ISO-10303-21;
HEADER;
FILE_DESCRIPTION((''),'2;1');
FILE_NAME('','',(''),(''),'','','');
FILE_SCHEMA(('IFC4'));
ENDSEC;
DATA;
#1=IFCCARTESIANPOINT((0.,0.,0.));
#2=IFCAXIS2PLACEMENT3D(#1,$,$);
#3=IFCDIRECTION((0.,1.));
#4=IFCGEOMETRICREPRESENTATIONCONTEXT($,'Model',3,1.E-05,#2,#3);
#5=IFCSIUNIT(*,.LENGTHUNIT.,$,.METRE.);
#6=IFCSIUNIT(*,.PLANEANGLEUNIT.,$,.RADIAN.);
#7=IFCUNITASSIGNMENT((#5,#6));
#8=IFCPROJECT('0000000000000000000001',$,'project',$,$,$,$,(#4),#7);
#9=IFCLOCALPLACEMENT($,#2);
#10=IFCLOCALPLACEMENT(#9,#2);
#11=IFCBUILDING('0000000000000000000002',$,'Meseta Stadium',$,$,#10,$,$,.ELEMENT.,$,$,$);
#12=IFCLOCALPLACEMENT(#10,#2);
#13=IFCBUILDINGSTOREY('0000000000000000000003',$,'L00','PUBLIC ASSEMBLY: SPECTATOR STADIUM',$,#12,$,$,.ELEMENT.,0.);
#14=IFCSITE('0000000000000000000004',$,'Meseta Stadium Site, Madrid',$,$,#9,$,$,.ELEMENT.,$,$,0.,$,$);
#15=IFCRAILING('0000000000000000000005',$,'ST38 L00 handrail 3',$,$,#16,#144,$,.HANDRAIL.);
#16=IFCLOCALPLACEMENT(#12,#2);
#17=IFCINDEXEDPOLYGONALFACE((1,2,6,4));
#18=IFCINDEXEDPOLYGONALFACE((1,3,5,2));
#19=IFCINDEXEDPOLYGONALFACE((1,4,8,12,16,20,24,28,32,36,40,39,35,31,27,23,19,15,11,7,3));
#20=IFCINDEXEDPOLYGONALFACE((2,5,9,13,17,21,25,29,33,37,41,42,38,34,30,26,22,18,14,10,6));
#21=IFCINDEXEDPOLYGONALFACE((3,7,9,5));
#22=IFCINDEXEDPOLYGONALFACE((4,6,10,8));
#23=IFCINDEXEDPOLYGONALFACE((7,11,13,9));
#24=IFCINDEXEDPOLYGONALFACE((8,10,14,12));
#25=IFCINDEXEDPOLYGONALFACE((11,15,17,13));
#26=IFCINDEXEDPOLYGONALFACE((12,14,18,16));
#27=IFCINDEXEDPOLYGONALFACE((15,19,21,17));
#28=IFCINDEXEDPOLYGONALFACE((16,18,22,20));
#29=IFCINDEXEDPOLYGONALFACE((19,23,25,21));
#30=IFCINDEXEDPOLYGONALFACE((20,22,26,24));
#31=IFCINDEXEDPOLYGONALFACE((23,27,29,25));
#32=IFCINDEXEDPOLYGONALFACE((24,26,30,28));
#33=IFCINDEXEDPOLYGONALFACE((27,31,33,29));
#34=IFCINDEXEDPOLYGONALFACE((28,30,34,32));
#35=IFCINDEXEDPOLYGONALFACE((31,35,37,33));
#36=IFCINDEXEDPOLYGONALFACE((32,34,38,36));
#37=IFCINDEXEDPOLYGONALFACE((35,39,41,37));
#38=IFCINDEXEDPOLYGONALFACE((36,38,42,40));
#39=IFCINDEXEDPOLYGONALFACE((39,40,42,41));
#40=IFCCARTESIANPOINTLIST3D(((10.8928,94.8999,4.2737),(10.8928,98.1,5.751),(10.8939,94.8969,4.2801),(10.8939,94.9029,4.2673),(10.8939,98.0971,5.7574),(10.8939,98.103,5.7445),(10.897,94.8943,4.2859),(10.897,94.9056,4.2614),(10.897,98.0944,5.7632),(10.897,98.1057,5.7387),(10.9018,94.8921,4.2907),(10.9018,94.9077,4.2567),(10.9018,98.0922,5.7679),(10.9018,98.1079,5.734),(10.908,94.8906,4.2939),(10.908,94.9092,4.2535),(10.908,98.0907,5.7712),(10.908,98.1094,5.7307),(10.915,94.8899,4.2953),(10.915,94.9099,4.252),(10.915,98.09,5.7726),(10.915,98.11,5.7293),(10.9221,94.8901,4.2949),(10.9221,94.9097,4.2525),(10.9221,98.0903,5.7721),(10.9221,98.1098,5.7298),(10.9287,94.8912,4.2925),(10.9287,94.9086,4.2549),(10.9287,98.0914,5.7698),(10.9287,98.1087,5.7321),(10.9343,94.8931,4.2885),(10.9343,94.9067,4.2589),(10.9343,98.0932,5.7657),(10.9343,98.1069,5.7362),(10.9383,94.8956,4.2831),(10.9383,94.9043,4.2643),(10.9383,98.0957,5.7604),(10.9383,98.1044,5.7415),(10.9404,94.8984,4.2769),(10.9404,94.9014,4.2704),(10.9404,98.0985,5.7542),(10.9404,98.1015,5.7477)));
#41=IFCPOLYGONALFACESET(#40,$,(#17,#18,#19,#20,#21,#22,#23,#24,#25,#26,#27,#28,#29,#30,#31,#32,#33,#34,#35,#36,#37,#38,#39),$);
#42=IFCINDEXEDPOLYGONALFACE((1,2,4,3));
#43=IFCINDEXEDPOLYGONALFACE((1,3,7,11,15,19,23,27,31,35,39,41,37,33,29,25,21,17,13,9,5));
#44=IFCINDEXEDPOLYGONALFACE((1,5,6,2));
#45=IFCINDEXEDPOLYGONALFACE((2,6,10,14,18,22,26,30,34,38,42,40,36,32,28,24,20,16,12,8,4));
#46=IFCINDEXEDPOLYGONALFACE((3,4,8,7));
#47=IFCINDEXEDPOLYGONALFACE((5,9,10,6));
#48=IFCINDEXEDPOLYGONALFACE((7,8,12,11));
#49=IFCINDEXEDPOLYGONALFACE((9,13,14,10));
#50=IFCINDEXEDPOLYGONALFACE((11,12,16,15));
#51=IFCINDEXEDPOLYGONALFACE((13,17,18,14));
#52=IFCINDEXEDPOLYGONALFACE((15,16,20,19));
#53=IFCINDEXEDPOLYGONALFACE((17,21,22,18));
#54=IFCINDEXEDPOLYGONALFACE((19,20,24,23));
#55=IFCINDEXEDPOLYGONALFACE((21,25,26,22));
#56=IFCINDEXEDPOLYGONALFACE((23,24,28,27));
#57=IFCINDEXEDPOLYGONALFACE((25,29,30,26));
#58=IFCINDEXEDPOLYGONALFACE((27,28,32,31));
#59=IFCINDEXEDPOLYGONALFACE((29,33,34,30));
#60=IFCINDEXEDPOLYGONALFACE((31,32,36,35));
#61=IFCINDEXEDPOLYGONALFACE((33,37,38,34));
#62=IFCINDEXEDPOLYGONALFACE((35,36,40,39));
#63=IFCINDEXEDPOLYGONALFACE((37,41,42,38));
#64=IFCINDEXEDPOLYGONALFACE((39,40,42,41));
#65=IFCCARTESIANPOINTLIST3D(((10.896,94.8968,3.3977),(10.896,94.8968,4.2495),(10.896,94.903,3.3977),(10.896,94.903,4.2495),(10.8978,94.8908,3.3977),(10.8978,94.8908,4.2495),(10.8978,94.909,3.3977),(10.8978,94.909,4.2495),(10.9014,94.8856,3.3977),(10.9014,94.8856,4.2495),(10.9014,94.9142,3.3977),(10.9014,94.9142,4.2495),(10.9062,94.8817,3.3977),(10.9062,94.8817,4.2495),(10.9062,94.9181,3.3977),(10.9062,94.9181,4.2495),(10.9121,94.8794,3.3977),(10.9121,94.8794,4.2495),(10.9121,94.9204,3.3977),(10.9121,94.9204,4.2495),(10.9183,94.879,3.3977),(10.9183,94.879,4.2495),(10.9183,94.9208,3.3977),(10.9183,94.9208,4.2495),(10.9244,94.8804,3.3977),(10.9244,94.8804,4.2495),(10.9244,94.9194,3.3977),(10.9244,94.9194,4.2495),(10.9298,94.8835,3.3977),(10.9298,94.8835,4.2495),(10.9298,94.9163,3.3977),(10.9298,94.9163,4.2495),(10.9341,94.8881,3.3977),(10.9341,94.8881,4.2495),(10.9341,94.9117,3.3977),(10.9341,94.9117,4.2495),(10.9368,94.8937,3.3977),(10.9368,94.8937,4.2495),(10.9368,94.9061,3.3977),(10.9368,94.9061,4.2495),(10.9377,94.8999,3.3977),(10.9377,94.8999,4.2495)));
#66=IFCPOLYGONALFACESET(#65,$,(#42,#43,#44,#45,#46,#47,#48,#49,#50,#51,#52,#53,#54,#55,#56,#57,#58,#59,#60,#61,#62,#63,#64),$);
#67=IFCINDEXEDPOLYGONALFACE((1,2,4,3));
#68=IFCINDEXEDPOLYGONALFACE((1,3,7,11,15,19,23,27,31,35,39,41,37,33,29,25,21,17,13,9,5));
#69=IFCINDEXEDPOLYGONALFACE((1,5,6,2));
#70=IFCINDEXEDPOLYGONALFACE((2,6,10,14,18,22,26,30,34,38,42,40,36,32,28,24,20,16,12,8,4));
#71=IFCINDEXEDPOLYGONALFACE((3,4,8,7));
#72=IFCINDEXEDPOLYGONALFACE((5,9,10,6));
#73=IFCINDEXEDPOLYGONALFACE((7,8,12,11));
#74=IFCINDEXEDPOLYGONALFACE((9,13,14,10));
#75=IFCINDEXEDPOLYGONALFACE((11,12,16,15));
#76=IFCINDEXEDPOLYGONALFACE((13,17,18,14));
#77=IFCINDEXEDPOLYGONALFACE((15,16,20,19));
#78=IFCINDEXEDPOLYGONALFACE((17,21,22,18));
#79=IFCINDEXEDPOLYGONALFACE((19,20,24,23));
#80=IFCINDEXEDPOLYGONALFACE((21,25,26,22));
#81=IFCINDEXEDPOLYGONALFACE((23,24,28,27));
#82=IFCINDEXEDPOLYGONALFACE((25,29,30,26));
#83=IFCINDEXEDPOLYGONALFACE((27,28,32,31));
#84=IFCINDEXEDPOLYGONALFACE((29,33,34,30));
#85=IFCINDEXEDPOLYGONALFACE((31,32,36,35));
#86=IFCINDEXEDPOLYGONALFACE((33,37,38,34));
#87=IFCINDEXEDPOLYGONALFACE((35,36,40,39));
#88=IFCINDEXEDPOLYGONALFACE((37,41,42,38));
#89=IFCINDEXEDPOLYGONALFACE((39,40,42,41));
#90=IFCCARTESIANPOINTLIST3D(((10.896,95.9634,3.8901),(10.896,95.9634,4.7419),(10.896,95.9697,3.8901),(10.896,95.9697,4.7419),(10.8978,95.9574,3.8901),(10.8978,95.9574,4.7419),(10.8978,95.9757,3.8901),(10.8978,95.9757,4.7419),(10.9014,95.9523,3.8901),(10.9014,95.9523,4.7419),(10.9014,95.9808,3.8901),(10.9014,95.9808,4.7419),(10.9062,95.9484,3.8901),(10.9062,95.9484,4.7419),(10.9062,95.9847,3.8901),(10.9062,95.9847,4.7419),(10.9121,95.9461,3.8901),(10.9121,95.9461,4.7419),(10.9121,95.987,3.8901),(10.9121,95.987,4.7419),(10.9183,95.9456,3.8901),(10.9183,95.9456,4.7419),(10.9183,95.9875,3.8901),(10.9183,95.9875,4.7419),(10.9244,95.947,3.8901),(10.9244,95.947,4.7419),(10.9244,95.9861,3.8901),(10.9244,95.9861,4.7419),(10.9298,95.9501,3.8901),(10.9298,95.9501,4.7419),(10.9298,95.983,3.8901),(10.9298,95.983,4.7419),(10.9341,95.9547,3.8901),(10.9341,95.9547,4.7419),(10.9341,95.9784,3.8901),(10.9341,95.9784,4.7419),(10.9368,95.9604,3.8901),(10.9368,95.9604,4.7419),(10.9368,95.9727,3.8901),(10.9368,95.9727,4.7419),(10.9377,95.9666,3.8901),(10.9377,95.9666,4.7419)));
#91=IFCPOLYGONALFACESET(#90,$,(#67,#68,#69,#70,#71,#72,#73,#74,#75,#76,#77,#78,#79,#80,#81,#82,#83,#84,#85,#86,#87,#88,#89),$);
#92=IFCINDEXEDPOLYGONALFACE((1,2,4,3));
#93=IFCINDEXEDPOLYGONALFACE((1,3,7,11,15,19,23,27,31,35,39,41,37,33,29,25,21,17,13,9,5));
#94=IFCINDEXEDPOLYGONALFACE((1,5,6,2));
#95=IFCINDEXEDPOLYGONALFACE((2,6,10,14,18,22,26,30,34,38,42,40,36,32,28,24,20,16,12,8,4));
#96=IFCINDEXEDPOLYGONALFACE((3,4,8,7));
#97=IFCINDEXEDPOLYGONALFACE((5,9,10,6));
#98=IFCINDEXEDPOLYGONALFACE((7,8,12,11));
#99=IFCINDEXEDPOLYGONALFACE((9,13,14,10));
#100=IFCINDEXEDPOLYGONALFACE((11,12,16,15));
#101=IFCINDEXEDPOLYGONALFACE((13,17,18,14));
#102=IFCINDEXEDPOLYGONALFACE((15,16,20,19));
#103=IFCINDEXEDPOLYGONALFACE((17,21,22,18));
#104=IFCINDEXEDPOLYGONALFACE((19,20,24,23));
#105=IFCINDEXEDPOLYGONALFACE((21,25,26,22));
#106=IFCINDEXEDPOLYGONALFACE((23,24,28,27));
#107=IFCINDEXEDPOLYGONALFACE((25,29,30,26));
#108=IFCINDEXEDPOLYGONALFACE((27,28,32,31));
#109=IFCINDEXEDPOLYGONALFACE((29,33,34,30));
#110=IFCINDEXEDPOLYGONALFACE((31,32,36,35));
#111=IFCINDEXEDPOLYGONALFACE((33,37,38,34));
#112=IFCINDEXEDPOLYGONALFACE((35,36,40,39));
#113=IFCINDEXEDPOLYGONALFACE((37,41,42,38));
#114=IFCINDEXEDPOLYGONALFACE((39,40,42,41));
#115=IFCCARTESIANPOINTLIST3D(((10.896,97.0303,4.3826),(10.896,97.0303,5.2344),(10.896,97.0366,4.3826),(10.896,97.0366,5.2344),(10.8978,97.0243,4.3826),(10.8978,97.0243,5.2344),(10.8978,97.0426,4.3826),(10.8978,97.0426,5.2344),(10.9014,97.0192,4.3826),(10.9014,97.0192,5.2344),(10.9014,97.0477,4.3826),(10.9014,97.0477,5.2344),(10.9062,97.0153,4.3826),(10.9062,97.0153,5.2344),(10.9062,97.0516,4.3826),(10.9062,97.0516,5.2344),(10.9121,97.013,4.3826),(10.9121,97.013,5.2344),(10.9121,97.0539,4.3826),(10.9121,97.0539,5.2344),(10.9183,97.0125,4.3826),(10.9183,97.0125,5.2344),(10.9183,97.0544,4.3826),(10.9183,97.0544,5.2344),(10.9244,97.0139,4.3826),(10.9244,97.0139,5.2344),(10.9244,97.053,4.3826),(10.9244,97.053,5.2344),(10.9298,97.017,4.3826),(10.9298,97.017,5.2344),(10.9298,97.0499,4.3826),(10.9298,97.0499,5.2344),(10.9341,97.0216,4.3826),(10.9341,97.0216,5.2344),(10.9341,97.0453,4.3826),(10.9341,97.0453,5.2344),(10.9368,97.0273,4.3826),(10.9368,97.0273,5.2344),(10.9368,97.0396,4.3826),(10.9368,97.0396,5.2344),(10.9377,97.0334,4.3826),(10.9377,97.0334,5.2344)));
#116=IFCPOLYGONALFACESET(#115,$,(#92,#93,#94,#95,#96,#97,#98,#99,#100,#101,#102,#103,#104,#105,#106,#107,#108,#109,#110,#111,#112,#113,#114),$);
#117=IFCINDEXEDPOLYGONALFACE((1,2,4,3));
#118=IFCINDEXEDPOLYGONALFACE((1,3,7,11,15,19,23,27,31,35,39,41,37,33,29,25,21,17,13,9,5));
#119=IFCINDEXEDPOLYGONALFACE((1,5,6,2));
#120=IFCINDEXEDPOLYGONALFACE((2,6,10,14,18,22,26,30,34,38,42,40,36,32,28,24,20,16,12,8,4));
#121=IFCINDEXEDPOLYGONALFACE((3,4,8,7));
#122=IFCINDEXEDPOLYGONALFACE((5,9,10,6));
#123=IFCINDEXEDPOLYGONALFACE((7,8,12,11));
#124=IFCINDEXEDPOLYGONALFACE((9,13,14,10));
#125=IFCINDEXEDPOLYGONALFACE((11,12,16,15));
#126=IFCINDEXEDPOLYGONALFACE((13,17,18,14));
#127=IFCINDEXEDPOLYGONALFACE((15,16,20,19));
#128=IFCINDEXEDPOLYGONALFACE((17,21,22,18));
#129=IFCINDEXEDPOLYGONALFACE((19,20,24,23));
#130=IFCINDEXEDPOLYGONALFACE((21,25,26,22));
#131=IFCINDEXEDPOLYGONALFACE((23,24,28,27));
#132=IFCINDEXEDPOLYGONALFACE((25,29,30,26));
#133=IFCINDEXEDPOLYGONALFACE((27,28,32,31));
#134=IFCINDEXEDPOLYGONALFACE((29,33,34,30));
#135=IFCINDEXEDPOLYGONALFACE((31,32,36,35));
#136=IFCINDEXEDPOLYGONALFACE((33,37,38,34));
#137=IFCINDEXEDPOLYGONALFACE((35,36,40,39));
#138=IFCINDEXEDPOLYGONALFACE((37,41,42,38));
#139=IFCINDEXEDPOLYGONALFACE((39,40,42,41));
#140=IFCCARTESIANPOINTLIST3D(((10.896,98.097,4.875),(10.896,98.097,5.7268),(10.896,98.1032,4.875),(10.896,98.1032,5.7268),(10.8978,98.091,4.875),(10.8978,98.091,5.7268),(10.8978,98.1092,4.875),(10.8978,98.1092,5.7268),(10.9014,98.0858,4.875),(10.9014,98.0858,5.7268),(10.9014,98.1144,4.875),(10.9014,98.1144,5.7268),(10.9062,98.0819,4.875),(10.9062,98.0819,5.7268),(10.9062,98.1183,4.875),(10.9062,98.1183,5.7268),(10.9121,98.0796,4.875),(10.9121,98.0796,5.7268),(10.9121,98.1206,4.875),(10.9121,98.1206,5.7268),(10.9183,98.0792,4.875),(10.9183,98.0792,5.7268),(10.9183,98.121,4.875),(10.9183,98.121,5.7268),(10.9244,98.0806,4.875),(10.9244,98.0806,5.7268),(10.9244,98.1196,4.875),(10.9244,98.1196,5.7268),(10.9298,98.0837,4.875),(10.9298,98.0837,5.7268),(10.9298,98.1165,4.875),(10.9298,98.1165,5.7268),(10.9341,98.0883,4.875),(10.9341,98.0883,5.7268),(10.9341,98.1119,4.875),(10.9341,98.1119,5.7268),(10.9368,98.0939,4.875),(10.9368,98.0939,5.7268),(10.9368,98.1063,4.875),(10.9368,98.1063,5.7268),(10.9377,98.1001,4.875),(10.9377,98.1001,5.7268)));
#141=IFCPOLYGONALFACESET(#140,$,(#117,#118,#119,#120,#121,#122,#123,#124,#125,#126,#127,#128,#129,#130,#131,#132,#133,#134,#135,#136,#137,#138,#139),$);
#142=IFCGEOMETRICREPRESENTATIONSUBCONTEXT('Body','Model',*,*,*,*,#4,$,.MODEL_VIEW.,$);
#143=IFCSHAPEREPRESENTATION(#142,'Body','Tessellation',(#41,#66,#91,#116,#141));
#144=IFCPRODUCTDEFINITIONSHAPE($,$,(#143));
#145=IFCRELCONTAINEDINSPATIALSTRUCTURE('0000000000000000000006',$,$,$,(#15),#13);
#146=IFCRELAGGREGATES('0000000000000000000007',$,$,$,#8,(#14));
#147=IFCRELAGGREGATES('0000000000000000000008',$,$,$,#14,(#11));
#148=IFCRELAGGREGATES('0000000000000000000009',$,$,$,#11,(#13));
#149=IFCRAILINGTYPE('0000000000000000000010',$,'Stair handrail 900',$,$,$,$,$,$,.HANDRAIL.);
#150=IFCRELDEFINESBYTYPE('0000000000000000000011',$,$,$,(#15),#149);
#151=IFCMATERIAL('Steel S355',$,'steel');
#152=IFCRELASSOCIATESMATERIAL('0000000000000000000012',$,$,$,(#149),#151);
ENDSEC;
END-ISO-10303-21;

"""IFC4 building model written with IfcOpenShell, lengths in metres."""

from ifc_helpers import new_model, si_unit, direction, frame, origin, origin_2d, place, context, subcontext, project, spatial, circle, extrude, material, type_object, element, save


model = new_model("IFC4")

# Units and contexts
model_context = context("Model", 3, precision=1e-05, world=origin(), true_north=direction((0.0, 1.0)))
body_context = subcontext(model_context, "Body", "Model", "MODEL_VIEW")
ifc_project = project(units=[si_unit("LENGTHUNIT", "METRE"), si_unit("PLANEANGLEUNIT", "RADIAN")], contexts=[model_context])

# Site, building, storey
site_placement = place(None, origin())
site = spatial("IfcSite", under=ifc_project, at=site_placement, Name="Meseta Stadium Site, Madrid", CompositionType="ELEMENT", RefElevation=0.0)
building_placement = place(site_placement, origin())
building = spatial("IfcBuilding", under=site, at=building_placement, Name="Meseta Stadium", CompositionType="ELEMENT")
storey_placement = place(building_placement, origin())
storey = spatial("IfcBuildingStorey", under=building, at=storey_placement, Name="L00", Description="PUBLIC ASSEMBLY: SPECTATOR STADIUM", CompositionType="ELEMENT", Elevation=0.0)

# Railing
ifc_material_1 = material(Name="Steel S355", Category="steel")
railing_type_1 = type_object("IfcRailingType", Name="Stair handrail 900", PredefinedType="HANDRAIL", material=ifc_material_1)
railing_1_placement = place(storey_placement, frame((10.9167, 94.8999, 3.3977)))
element("IfcRailing", 1, at=railing_1_placement, inside=storey, type_object=railing_type_1, Name="ST38 L00 handrail 3", PredefinedType="HANDRAIL", context=body_context, shape_type="SweptSolid", body=[
    extrude(circle(Radius=0.0239, at=origin_2d()), frame((0.0, 0.0, 0.876), z_axis=(0.0, 0.907929, 0.419124), x_axis=(-1.0, 0.0, 0.0)), (0.0, 0.0, 1.0), 3.5247),
    extrude(circle(Radius=0.021, at=origin_2d()), origin(), (0.0, 0.0, 1.0), 0.8518),
    extrude(circle(Radius=0.021, at=origin_2d()), frame((0.0, 1.0667, 0.4924)), (0.0, 0.0, 1.0), 0.8518),
    extrude(circle(Radius=0.021, at=origin_2d()), frame((0.0, 2.1335, 0.9849)), (0.0, 0.0, 1.0), 0.8518),
    extrude(circle(Radius=0.021, at=origin_2d()), frame((0.0, 3.2002, 1.4773)), (0.0, 0.0, 1.0), 0.8518),
])

save(model, "model.ifc")
